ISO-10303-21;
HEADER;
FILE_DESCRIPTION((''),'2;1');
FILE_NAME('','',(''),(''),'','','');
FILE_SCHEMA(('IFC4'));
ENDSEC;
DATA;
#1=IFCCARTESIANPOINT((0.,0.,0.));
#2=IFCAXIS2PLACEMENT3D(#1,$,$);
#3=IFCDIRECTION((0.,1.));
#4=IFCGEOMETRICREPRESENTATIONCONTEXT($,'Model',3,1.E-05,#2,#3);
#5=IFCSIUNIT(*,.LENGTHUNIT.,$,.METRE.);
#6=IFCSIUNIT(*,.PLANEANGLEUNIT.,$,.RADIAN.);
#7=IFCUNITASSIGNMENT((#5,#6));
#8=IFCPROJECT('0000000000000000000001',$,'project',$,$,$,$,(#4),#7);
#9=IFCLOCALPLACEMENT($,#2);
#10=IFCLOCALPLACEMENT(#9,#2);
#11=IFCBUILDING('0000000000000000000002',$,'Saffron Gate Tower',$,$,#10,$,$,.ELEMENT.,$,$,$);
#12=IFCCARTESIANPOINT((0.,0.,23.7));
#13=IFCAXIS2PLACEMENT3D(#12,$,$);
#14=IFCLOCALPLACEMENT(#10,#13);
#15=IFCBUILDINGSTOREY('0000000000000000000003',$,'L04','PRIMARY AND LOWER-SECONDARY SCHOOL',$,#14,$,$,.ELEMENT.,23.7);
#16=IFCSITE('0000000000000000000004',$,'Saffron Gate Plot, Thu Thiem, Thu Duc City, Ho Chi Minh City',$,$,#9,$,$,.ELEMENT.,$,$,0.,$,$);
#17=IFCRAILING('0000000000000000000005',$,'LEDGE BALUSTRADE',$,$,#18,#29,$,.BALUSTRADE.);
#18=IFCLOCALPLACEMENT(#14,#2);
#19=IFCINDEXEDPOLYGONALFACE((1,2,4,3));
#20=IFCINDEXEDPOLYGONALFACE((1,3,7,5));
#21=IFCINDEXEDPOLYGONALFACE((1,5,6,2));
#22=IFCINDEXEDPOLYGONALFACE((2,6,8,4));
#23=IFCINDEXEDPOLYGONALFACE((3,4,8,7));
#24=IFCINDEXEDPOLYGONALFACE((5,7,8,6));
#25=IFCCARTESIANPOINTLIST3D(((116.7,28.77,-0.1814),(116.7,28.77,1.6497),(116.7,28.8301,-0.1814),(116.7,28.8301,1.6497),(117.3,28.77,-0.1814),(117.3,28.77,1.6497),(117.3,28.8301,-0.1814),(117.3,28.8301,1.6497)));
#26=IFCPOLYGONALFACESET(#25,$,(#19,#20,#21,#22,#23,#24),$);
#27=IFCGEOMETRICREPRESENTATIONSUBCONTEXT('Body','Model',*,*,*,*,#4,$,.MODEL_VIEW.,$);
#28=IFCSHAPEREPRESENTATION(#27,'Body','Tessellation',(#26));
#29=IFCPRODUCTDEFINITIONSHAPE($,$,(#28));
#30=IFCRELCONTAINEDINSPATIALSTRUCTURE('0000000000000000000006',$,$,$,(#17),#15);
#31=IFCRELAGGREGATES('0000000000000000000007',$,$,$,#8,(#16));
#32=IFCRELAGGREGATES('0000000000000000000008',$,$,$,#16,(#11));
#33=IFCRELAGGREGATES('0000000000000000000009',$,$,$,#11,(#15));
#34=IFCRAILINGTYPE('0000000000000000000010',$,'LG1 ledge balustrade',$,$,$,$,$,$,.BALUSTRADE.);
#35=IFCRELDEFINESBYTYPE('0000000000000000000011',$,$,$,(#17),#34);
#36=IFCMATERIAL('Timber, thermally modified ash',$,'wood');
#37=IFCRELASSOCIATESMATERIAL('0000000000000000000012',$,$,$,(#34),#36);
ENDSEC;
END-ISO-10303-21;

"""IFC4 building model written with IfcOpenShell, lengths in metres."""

from ifc_helpers import new_model, si_unit, direction, frame, origin, origin_2d, place, context, subcontext, project, spatial, rectangle, extrude, material, type_object, element, save


model = new_model("IFC4")

# Units and contexts
model_context = context("Model", 3, precision=1e-05, world=origin(), true_north=direction((0.0, 1.0)))
body_context = subcontext(model_context, "Body", "Model", "MODEL_VIEW")
ifc_project = project(units=[si_unit("LENGTHUNIT", "METRE"), si_unit("PLANEANGLEUNIT", "RADIAN")], contexts=[model_context])

# Site, building, storey
site_placement = place(None, origin())
site = spatial("IfcSite", under=ifc_project, at=site_placement, Name="Saffron Gate Plot, Thu Thiem, Thu Duc City, Ho Chi Minh City", CompositionType="ELEMENT", RefElevation=0.0)
building_placement = place(site_placement, origin())
building = spatial("IfcBuilding", under=site, at=building_placement, Name="Saffron Gate Tower", CompositionType="ELEMENT")
storey_placement = place(building_placement, frame((0.0, 0.0, 23.7)))
storey = spatial("IfcBuildingStorey", under=building, at=storey_placement, Name="L04", Description="PRIMARY AND LOWER-SECONDARY SCHOOL", CompositionType="ELEMENT", Elevation=23.7)

# Railing
ifc_material_1 = material(Name="Timber, thermally modified ash", Category="wood")
railing_type = type_object("IfcRailingType", Name="LG1 ledge balustrade", PredefinedType="BALUSTRADE", material=ifc_material_1)
railing_1_placement = place(storey_placement, frame((116.7, 28.8, -0.1814)))
element("IfcRailing", 1, at=railing_1_placement, inside=storey, type_object=railing_type, Name="LEDGE BALUSTRADE", PredefinedType="BALUSTRADE", context=body_context, shape_type="SweptSolid", body=[
    extrude(rectangle(XDim=0.0601, YDim=1.8311, at=origin_2d()), frame((0.0, 0.0, 0.9155), z_axis=(1.0, 0.0, 0.0), x_axis=(0.0, 1.0, 0.0)), (0.0, 0.0, 1.0), 0.6001),
])

save(model, "model.ifc")
